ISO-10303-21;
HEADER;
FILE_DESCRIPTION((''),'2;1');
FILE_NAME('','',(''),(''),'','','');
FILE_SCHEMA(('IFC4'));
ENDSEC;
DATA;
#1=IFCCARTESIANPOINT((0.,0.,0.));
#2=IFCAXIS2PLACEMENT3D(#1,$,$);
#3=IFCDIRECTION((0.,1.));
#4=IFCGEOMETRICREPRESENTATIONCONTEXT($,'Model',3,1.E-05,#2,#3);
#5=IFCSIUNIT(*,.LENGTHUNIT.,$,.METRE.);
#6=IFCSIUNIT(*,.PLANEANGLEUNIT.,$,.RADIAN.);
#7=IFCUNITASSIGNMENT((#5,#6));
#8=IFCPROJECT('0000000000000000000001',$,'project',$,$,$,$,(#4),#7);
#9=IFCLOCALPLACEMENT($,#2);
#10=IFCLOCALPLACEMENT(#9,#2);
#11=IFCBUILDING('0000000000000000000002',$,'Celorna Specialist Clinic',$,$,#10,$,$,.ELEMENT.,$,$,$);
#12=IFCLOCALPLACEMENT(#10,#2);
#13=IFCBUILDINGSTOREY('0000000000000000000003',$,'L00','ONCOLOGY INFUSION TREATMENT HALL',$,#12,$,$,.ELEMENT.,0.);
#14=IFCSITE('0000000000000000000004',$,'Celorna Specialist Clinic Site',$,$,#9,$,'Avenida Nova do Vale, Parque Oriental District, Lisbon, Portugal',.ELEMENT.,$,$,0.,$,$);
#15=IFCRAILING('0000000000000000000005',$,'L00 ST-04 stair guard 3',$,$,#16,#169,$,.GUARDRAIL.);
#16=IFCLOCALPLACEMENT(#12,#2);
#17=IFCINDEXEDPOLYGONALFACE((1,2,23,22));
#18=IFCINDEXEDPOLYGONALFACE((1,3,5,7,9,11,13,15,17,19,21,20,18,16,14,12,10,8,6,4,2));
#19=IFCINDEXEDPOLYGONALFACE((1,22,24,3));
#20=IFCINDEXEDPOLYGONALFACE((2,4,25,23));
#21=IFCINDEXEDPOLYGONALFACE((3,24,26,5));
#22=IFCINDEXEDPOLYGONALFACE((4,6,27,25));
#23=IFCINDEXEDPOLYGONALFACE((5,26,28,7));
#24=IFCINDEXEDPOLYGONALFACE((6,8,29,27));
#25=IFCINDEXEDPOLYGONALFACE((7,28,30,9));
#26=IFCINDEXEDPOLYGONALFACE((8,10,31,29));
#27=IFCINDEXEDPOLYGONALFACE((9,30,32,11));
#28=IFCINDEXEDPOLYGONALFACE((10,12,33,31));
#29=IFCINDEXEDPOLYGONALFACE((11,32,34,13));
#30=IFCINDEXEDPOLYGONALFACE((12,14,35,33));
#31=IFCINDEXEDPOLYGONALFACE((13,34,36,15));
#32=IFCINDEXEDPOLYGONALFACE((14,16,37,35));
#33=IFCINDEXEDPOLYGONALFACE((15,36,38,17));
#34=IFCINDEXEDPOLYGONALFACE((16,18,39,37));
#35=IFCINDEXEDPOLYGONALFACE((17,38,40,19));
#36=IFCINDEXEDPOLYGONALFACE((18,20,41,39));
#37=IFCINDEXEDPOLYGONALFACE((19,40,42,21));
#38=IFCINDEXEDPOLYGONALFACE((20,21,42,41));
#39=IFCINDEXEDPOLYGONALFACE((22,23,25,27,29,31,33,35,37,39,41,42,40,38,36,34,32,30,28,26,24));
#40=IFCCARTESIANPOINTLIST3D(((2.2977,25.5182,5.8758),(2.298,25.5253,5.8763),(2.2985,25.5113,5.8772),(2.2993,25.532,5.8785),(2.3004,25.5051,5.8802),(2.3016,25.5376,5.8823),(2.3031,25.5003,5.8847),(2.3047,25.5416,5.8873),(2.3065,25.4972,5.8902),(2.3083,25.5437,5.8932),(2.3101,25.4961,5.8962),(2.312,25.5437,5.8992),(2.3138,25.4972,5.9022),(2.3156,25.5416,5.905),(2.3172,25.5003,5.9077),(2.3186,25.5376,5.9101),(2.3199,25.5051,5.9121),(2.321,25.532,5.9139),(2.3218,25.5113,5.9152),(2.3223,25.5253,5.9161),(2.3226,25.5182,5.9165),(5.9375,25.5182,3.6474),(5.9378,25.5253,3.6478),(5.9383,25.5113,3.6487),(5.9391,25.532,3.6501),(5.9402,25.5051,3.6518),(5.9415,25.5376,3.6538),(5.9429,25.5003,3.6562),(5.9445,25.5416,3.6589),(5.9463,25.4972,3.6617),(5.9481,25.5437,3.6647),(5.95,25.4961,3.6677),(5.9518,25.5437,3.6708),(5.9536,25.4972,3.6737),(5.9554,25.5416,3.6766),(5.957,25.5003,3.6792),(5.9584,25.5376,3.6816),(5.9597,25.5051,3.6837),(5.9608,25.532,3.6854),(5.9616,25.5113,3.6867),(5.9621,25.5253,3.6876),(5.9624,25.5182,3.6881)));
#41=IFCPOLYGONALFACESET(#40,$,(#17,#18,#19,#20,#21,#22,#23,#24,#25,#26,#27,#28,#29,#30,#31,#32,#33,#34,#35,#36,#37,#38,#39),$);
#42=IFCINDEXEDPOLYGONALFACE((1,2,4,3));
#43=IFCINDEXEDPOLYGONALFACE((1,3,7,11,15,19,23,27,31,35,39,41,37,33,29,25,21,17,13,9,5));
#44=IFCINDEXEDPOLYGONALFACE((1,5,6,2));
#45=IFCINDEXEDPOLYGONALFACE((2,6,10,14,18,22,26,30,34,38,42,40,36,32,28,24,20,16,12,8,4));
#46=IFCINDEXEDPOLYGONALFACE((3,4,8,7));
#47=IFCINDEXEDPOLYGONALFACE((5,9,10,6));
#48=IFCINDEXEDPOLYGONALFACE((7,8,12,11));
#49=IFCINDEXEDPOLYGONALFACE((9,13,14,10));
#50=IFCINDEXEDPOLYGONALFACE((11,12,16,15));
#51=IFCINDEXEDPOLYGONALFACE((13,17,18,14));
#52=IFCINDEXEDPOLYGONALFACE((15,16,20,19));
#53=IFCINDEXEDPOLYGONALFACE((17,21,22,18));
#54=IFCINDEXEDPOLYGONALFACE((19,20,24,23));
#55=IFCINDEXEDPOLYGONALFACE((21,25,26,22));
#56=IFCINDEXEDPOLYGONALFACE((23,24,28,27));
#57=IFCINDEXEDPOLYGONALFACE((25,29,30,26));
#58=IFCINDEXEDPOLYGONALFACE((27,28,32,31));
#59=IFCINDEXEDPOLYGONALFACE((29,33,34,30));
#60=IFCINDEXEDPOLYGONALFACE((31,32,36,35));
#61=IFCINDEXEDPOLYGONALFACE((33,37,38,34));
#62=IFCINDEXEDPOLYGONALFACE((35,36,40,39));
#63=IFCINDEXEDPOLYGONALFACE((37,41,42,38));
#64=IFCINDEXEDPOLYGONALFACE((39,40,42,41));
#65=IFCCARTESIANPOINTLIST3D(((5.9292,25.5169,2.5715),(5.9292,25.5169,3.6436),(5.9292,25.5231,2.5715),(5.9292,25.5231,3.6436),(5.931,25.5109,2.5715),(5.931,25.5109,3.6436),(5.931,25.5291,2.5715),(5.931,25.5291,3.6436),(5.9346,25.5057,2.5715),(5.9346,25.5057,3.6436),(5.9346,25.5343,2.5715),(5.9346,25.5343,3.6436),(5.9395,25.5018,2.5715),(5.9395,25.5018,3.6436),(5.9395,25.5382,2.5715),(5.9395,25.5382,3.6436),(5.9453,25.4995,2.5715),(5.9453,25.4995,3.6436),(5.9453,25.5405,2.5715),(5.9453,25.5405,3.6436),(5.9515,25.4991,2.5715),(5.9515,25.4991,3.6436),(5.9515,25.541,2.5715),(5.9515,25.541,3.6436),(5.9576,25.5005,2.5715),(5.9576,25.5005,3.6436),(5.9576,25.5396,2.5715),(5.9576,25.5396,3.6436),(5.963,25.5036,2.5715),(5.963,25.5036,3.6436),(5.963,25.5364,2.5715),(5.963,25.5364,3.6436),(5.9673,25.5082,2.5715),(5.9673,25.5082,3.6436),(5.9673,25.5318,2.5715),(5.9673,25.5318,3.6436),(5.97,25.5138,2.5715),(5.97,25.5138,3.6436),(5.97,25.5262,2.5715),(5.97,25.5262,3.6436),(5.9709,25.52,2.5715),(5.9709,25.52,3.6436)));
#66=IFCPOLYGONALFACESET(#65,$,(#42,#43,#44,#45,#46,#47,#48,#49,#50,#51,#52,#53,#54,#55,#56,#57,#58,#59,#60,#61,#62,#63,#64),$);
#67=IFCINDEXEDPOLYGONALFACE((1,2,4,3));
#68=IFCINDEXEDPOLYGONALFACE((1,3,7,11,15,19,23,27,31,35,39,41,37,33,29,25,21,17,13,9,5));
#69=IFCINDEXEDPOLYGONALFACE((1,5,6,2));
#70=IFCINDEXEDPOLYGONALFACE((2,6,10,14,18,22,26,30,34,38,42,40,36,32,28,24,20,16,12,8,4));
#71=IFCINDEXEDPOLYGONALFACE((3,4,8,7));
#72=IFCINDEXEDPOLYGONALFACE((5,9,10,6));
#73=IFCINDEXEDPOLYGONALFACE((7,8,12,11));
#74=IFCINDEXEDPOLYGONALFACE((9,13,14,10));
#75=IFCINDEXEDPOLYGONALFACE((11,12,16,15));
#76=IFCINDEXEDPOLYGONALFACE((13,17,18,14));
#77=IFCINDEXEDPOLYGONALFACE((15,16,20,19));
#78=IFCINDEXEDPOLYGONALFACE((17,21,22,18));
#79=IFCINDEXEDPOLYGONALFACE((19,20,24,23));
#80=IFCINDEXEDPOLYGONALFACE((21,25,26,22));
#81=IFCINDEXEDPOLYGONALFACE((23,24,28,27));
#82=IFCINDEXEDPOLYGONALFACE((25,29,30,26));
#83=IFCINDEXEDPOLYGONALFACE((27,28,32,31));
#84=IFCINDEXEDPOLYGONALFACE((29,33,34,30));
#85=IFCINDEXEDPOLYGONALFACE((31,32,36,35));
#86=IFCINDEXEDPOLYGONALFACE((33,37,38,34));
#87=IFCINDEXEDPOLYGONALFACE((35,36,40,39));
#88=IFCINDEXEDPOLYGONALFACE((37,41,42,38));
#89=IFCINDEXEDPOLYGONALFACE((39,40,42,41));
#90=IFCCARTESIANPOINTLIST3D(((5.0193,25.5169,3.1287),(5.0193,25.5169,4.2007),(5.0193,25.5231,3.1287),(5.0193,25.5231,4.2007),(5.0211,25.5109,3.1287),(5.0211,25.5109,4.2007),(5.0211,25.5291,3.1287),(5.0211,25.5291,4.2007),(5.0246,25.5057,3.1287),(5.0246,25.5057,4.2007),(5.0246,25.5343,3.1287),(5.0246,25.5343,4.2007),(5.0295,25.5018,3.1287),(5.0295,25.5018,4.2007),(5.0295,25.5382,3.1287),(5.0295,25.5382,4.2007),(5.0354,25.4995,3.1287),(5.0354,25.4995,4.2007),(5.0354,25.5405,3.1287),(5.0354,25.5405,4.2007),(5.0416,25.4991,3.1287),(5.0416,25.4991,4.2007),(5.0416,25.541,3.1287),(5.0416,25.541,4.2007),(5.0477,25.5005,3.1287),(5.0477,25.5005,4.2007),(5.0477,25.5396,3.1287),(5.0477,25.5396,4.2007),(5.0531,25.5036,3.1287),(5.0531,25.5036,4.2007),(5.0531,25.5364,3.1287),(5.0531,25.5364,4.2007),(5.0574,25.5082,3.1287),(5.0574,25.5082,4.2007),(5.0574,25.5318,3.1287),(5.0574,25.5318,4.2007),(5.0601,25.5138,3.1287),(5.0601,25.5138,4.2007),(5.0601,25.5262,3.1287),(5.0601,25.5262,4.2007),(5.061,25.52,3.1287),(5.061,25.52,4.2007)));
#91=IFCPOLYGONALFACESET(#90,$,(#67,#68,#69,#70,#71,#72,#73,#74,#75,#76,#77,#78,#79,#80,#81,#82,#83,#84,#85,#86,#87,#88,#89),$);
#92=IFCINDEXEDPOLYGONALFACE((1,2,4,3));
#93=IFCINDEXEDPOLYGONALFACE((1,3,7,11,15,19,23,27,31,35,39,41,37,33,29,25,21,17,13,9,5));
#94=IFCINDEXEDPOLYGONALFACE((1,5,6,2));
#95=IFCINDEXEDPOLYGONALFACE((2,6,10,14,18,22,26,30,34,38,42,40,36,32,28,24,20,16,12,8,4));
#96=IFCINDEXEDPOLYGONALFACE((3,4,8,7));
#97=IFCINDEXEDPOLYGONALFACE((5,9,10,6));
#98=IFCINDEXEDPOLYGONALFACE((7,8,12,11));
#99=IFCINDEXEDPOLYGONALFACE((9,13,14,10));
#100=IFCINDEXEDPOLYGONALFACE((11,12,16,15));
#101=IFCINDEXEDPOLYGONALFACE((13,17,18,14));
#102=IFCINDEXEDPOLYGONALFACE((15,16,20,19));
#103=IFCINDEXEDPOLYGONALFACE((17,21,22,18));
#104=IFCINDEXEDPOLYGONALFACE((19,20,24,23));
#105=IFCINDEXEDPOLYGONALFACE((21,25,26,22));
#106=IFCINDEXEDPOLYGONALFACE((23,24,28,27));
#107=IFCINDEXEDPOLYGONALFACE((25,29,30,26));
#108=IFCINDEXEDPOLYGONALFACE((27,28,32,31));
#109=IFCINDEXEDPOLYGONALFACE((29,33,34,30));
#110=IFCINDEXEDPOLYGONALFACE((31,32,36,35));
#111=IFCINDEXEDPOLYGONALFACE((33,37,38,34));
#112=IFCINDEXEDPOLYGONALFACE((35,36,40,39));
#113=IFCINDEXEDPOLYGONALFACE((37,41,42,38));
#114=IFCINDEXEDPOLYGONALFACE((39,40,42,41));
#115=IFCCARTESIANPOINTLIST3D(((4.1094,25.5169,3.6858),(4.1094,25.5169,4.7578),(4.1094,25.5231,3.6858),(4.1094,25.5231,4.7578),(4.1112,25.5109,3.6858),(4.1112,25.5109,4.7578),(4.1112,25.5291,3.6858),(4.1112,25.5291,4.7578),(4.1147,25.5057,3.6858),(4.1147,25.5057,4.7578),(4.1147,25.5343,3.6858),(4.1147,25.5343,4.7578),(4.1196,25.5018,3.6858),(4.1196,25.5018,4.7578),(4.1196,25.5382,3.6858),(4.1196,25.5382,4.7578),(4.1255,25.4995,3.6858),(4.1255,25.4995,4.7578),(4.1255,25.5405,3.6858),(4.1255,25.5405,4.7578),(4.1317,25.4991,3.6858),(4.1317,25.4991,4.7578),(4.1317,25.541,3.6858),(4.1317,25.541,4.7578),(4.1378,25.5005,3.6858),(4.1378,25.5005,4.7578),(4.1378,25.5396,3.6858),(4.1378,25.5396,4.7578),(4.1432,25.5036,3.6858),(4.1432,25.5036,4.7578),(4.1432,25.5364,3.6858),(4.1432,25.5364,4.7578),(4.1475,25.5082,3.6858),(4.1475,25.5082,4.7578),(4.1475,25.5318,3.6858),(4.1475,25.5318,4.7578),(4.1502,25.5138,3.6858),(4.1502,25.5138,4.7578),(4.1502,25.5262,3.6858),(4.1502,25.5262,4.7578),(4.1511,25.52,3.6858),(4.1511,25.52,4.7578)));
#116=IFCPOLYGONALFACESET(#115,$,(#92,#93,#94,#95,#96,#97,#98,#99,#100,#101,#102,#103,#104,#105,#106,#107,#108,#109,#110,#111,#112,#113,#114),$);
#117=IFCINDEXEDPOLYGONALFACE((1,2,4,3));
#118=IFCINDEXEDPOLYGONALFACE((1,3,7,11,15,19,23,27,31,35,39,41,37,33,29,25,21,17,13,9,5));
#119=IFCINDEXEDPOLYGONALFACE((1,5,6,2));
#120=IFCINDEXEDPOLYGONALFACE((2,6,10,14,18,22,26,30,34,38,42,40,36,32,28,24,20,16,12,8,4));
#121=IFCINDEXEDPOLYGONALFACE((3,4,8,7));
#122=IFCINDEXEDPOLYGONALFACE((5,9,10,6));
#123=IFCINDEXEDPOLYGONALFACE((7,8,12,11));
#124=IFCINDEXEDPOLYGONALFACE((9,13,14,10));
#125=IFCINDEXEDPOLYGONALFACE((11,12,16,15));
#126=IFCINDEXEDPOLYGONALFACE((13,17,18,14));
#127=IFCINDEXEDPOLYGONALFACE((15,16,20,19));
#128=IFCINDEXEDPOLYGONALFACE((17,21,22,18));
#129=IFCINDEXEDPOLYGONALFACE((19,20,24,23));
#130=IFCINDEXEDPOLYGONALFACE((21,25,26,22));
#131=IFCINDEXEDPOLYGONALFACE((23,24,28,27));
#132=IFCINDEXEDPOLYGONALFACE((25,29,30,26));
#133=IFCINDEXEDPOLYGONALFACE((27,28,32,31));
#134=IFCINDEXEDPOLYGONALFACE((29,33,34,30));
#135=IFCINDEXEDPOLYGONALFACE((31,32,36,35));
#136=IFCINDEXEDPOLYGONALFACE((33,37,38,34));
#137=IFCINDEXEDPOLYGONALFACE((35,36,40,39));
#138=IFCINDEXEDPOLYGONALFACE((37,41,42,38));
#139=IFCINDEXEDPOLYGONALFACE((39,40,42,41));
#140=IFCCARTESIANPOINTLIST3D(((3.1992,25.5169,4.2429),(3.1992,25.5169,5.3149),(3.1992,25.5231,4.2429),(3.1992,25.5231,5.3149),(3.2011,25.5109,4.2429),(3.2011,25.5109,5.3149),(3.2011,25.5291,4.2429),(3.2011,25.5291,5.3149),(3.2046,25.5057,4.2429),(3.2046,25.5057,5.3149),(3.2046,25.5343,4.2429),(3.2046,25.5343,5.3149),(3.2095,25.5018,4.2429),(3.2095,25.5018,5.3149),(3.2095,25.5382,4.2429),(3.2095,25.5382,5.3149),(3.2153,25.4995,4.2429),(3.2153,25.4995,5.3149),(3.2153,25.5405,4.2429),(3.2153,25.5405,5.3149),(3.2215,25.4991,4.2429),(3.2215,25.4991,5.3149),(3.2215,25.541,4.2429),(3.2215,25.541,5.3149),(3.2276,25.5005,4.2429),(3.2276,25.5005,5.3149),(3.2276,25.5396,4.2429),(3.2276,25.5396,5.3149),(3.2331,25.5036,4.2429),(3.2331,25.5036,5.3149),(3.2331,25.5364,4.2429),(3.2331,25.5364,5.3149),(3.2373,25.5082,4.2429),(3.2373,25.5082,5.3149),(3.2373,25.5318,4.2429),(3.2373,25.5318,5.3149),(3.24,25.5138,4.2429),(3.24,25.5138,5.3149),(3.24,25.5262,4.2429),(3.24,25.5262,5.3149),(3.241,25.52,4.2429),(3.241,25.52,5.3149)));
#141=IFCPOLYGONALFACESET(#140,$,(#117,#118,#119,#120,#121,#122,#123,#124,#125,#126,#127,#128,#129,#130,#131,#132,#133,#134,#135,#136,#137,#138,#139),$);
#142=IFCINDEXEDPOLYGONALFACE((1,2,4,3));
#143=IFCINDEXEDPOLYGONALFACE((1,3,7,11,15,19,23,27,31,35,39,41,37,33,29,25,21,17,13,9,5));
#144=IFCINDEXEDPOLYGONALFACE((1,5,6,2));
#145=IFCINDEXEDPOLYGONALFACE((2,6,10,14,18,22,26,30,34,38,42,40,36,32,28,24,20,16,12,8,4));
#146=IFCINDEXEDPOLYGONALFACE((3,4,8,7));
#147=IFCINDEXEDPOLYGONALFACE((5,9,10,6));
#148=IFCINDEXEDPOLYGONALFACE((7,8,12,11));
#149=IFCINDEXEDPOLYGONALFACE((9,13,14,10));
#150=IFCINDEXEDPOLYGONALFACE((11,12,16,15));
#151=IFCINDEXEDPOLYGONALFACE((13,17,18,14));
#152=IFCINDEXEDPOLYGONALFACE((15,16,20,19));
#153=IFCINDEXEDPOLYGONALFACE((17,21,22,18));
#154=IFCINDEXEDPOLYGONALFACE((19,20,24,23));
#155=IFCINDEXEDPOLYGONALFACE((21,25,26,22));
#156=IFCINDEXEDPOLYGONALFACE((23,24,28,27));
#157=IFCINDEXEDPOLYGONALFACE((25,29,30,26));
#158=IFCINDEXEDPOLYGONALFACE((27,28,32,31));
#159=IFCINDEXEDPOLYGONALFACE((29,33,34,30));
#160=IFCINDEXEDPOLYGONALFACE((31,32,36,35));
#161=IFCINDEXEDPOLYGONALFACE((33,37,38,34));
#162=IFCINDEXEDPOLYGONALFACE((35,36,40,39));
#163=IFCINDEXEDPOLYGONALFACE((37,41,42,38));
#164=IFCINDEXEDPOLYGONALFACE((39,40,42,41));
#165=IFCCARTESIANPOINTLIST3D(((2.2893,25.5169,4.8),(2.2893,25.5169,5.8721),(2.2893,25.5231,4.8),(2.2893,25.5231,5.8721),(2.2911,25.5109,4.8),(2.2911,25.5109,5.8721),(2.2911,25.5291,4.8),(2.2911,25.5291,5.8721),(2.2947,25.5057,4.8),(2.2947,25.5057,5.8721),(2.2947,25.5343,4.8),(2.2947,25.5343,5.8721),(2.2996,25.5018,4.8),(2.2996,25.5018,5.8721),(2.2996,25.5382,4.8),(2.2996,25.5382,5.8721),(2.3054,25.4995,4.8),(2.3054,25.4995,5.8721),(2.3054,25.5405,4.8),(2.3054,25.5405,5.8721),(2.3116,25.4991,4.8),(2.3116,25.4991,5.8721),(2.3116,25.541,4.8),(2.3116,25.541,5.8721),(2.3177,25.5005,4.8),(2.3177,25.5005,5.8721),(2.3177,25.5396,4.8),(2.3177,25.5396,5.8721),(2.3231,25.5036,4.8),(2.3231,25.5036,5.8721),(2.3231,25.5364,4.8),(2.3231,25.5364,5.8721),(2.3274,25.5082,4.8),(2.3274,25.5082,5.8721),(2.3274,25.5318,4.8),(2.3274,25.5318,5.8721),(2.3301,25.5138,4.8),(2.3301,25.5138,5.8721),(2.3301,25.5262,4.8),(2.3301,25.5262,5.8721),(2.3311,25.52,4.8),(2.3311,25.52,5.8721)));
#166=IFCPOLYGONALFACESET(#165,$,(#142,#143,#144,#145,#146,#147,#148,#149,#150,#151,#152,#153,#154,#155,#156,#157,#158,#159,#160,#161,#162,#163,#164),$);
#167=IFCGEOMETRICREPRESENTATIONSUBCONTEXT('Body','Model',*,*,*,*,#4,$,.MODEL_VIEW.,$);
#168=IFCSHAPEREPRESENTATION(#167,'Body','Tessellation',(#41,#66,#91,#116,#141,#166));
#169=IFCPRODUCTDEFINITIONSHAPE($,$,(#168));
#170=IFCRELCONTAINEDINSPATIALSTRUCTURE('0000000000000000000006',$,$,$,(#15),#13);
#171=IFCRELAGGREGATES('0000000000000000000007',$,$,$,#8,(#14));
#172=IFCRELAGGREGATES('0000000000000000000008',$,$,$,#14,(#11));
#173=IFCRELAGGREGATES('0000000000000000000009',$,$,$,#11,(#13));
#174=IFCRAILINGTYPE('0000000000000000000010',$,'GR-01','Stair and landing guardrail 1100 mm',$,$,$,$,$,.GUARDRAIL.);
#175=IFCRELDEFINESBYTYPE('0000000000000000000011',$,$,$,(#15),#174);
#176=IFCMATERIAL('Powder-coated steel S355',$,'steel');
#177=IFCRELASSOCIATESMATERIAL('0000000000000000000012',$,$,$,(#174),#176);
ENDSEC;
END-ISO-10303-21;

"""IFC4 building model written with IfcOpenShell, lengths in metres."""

from ifc_helpers import new_model, si_unit, direction, frame, origin, origin_2d, place, context, subcontext, project, spatial, circle, extrude, material, type_object, element, save


model = new_model("IFC4")

# Units and contexts
model_context = context("Model", 3, precision=1e-05, world=origin(), true_north=direction((0.0, 1.0)))
body_context = subcontext(model_context, "Body", "Model", "MODEL_VIEW")
ifc_project = project(units=[si_unit("LENGTHUNIT", "METRE"), si_unit("PLANEANGLEUNIT", "RADIAN")], contexts=[model_context])

# Site, building, storey
site_placement = place(None, origin())
site = spatial("IfcSite", under=ifc_project, at=site_placement, Name="Celorna Specialist Clinic Site", LongName="Avenida Nova do Vale, Parque Oriental District, Lisbon, Portugal", CompositionType="ELEMENT", RefElevation=0.0)
building_placement = place(site_placement, origin())
building = spatial("IfcBuilding", under=site, at=building_placement, Name="Celorna Specialist Clinic", CompositionType="ELEMENT")
storey_placement = place(building_placement, origin())
storey = spatial("IfcBuildingStorey", under=building, at=storey_placement, Name="L00", Description="ONCOLOGY INFUSION TREATMENT HALL", CompositionType="ELEMENT", Elevation=0.0)

# Railing
ifc_material_1 = material(Name="Powder-coated steel S355", Category="steel")
railing_type_1 = type_object("IfcRailingType", Name="GR-01", Description="Stair and landing guardrail 1100 mm", PredefinedType="GUARDRAIL", material=ifc_material_1)
railing_1_placement = place(storey_placement, frame((5.95, 25.52, 2.5715)))
element("IfcRailing", 1, at=railing_1_placement, inside=storey, type_object=railing_type_1, Name="L00 ST-04 stair guard 3", PredefinedType="GUARDRAIL", context=body_context, shape_type="SweptSolid", body=[
    extrude(circle(Radius=0.0239, at=origin_2d()), frame((0.0, 0.0, 1.0962), z_axis=(-0.85285, 0.0, 0.522156), x_axis=(0.0, -1.0, 0.0)), (0.0, 0.0, 1.0), 4.2678),
    extrude(circle(Radius=0.021, at=origin_2d()), origin(), (0.0, 0.0, 1.0), 1.072),
    extrude(circle(Radius=0.021, at=origin_2d()), frame((-0.9099, 0.0, 0.5571)), (0.0, 0.0, 1.0), 1.072),
    extrude(circle(Radius=0.021, at=origin_2d()), frame((-1.8198, 0.0, 1.1143)), (0.0, 0.0, 1.0), 1.072),
    extrude(circle(Radius=0.021, at=origin_2d()), frame((-2.73, 0.0, 1.6714)), (0.0, 0.0, 1.0), 1.072),
    extrude(circle(Radius=0.021, at=origin_2d()), frame((-3.6399, 0.0, 2.2285)), (0.0, 0.0, 1.0), 1.072),
])

save(model, "model.ifc")
